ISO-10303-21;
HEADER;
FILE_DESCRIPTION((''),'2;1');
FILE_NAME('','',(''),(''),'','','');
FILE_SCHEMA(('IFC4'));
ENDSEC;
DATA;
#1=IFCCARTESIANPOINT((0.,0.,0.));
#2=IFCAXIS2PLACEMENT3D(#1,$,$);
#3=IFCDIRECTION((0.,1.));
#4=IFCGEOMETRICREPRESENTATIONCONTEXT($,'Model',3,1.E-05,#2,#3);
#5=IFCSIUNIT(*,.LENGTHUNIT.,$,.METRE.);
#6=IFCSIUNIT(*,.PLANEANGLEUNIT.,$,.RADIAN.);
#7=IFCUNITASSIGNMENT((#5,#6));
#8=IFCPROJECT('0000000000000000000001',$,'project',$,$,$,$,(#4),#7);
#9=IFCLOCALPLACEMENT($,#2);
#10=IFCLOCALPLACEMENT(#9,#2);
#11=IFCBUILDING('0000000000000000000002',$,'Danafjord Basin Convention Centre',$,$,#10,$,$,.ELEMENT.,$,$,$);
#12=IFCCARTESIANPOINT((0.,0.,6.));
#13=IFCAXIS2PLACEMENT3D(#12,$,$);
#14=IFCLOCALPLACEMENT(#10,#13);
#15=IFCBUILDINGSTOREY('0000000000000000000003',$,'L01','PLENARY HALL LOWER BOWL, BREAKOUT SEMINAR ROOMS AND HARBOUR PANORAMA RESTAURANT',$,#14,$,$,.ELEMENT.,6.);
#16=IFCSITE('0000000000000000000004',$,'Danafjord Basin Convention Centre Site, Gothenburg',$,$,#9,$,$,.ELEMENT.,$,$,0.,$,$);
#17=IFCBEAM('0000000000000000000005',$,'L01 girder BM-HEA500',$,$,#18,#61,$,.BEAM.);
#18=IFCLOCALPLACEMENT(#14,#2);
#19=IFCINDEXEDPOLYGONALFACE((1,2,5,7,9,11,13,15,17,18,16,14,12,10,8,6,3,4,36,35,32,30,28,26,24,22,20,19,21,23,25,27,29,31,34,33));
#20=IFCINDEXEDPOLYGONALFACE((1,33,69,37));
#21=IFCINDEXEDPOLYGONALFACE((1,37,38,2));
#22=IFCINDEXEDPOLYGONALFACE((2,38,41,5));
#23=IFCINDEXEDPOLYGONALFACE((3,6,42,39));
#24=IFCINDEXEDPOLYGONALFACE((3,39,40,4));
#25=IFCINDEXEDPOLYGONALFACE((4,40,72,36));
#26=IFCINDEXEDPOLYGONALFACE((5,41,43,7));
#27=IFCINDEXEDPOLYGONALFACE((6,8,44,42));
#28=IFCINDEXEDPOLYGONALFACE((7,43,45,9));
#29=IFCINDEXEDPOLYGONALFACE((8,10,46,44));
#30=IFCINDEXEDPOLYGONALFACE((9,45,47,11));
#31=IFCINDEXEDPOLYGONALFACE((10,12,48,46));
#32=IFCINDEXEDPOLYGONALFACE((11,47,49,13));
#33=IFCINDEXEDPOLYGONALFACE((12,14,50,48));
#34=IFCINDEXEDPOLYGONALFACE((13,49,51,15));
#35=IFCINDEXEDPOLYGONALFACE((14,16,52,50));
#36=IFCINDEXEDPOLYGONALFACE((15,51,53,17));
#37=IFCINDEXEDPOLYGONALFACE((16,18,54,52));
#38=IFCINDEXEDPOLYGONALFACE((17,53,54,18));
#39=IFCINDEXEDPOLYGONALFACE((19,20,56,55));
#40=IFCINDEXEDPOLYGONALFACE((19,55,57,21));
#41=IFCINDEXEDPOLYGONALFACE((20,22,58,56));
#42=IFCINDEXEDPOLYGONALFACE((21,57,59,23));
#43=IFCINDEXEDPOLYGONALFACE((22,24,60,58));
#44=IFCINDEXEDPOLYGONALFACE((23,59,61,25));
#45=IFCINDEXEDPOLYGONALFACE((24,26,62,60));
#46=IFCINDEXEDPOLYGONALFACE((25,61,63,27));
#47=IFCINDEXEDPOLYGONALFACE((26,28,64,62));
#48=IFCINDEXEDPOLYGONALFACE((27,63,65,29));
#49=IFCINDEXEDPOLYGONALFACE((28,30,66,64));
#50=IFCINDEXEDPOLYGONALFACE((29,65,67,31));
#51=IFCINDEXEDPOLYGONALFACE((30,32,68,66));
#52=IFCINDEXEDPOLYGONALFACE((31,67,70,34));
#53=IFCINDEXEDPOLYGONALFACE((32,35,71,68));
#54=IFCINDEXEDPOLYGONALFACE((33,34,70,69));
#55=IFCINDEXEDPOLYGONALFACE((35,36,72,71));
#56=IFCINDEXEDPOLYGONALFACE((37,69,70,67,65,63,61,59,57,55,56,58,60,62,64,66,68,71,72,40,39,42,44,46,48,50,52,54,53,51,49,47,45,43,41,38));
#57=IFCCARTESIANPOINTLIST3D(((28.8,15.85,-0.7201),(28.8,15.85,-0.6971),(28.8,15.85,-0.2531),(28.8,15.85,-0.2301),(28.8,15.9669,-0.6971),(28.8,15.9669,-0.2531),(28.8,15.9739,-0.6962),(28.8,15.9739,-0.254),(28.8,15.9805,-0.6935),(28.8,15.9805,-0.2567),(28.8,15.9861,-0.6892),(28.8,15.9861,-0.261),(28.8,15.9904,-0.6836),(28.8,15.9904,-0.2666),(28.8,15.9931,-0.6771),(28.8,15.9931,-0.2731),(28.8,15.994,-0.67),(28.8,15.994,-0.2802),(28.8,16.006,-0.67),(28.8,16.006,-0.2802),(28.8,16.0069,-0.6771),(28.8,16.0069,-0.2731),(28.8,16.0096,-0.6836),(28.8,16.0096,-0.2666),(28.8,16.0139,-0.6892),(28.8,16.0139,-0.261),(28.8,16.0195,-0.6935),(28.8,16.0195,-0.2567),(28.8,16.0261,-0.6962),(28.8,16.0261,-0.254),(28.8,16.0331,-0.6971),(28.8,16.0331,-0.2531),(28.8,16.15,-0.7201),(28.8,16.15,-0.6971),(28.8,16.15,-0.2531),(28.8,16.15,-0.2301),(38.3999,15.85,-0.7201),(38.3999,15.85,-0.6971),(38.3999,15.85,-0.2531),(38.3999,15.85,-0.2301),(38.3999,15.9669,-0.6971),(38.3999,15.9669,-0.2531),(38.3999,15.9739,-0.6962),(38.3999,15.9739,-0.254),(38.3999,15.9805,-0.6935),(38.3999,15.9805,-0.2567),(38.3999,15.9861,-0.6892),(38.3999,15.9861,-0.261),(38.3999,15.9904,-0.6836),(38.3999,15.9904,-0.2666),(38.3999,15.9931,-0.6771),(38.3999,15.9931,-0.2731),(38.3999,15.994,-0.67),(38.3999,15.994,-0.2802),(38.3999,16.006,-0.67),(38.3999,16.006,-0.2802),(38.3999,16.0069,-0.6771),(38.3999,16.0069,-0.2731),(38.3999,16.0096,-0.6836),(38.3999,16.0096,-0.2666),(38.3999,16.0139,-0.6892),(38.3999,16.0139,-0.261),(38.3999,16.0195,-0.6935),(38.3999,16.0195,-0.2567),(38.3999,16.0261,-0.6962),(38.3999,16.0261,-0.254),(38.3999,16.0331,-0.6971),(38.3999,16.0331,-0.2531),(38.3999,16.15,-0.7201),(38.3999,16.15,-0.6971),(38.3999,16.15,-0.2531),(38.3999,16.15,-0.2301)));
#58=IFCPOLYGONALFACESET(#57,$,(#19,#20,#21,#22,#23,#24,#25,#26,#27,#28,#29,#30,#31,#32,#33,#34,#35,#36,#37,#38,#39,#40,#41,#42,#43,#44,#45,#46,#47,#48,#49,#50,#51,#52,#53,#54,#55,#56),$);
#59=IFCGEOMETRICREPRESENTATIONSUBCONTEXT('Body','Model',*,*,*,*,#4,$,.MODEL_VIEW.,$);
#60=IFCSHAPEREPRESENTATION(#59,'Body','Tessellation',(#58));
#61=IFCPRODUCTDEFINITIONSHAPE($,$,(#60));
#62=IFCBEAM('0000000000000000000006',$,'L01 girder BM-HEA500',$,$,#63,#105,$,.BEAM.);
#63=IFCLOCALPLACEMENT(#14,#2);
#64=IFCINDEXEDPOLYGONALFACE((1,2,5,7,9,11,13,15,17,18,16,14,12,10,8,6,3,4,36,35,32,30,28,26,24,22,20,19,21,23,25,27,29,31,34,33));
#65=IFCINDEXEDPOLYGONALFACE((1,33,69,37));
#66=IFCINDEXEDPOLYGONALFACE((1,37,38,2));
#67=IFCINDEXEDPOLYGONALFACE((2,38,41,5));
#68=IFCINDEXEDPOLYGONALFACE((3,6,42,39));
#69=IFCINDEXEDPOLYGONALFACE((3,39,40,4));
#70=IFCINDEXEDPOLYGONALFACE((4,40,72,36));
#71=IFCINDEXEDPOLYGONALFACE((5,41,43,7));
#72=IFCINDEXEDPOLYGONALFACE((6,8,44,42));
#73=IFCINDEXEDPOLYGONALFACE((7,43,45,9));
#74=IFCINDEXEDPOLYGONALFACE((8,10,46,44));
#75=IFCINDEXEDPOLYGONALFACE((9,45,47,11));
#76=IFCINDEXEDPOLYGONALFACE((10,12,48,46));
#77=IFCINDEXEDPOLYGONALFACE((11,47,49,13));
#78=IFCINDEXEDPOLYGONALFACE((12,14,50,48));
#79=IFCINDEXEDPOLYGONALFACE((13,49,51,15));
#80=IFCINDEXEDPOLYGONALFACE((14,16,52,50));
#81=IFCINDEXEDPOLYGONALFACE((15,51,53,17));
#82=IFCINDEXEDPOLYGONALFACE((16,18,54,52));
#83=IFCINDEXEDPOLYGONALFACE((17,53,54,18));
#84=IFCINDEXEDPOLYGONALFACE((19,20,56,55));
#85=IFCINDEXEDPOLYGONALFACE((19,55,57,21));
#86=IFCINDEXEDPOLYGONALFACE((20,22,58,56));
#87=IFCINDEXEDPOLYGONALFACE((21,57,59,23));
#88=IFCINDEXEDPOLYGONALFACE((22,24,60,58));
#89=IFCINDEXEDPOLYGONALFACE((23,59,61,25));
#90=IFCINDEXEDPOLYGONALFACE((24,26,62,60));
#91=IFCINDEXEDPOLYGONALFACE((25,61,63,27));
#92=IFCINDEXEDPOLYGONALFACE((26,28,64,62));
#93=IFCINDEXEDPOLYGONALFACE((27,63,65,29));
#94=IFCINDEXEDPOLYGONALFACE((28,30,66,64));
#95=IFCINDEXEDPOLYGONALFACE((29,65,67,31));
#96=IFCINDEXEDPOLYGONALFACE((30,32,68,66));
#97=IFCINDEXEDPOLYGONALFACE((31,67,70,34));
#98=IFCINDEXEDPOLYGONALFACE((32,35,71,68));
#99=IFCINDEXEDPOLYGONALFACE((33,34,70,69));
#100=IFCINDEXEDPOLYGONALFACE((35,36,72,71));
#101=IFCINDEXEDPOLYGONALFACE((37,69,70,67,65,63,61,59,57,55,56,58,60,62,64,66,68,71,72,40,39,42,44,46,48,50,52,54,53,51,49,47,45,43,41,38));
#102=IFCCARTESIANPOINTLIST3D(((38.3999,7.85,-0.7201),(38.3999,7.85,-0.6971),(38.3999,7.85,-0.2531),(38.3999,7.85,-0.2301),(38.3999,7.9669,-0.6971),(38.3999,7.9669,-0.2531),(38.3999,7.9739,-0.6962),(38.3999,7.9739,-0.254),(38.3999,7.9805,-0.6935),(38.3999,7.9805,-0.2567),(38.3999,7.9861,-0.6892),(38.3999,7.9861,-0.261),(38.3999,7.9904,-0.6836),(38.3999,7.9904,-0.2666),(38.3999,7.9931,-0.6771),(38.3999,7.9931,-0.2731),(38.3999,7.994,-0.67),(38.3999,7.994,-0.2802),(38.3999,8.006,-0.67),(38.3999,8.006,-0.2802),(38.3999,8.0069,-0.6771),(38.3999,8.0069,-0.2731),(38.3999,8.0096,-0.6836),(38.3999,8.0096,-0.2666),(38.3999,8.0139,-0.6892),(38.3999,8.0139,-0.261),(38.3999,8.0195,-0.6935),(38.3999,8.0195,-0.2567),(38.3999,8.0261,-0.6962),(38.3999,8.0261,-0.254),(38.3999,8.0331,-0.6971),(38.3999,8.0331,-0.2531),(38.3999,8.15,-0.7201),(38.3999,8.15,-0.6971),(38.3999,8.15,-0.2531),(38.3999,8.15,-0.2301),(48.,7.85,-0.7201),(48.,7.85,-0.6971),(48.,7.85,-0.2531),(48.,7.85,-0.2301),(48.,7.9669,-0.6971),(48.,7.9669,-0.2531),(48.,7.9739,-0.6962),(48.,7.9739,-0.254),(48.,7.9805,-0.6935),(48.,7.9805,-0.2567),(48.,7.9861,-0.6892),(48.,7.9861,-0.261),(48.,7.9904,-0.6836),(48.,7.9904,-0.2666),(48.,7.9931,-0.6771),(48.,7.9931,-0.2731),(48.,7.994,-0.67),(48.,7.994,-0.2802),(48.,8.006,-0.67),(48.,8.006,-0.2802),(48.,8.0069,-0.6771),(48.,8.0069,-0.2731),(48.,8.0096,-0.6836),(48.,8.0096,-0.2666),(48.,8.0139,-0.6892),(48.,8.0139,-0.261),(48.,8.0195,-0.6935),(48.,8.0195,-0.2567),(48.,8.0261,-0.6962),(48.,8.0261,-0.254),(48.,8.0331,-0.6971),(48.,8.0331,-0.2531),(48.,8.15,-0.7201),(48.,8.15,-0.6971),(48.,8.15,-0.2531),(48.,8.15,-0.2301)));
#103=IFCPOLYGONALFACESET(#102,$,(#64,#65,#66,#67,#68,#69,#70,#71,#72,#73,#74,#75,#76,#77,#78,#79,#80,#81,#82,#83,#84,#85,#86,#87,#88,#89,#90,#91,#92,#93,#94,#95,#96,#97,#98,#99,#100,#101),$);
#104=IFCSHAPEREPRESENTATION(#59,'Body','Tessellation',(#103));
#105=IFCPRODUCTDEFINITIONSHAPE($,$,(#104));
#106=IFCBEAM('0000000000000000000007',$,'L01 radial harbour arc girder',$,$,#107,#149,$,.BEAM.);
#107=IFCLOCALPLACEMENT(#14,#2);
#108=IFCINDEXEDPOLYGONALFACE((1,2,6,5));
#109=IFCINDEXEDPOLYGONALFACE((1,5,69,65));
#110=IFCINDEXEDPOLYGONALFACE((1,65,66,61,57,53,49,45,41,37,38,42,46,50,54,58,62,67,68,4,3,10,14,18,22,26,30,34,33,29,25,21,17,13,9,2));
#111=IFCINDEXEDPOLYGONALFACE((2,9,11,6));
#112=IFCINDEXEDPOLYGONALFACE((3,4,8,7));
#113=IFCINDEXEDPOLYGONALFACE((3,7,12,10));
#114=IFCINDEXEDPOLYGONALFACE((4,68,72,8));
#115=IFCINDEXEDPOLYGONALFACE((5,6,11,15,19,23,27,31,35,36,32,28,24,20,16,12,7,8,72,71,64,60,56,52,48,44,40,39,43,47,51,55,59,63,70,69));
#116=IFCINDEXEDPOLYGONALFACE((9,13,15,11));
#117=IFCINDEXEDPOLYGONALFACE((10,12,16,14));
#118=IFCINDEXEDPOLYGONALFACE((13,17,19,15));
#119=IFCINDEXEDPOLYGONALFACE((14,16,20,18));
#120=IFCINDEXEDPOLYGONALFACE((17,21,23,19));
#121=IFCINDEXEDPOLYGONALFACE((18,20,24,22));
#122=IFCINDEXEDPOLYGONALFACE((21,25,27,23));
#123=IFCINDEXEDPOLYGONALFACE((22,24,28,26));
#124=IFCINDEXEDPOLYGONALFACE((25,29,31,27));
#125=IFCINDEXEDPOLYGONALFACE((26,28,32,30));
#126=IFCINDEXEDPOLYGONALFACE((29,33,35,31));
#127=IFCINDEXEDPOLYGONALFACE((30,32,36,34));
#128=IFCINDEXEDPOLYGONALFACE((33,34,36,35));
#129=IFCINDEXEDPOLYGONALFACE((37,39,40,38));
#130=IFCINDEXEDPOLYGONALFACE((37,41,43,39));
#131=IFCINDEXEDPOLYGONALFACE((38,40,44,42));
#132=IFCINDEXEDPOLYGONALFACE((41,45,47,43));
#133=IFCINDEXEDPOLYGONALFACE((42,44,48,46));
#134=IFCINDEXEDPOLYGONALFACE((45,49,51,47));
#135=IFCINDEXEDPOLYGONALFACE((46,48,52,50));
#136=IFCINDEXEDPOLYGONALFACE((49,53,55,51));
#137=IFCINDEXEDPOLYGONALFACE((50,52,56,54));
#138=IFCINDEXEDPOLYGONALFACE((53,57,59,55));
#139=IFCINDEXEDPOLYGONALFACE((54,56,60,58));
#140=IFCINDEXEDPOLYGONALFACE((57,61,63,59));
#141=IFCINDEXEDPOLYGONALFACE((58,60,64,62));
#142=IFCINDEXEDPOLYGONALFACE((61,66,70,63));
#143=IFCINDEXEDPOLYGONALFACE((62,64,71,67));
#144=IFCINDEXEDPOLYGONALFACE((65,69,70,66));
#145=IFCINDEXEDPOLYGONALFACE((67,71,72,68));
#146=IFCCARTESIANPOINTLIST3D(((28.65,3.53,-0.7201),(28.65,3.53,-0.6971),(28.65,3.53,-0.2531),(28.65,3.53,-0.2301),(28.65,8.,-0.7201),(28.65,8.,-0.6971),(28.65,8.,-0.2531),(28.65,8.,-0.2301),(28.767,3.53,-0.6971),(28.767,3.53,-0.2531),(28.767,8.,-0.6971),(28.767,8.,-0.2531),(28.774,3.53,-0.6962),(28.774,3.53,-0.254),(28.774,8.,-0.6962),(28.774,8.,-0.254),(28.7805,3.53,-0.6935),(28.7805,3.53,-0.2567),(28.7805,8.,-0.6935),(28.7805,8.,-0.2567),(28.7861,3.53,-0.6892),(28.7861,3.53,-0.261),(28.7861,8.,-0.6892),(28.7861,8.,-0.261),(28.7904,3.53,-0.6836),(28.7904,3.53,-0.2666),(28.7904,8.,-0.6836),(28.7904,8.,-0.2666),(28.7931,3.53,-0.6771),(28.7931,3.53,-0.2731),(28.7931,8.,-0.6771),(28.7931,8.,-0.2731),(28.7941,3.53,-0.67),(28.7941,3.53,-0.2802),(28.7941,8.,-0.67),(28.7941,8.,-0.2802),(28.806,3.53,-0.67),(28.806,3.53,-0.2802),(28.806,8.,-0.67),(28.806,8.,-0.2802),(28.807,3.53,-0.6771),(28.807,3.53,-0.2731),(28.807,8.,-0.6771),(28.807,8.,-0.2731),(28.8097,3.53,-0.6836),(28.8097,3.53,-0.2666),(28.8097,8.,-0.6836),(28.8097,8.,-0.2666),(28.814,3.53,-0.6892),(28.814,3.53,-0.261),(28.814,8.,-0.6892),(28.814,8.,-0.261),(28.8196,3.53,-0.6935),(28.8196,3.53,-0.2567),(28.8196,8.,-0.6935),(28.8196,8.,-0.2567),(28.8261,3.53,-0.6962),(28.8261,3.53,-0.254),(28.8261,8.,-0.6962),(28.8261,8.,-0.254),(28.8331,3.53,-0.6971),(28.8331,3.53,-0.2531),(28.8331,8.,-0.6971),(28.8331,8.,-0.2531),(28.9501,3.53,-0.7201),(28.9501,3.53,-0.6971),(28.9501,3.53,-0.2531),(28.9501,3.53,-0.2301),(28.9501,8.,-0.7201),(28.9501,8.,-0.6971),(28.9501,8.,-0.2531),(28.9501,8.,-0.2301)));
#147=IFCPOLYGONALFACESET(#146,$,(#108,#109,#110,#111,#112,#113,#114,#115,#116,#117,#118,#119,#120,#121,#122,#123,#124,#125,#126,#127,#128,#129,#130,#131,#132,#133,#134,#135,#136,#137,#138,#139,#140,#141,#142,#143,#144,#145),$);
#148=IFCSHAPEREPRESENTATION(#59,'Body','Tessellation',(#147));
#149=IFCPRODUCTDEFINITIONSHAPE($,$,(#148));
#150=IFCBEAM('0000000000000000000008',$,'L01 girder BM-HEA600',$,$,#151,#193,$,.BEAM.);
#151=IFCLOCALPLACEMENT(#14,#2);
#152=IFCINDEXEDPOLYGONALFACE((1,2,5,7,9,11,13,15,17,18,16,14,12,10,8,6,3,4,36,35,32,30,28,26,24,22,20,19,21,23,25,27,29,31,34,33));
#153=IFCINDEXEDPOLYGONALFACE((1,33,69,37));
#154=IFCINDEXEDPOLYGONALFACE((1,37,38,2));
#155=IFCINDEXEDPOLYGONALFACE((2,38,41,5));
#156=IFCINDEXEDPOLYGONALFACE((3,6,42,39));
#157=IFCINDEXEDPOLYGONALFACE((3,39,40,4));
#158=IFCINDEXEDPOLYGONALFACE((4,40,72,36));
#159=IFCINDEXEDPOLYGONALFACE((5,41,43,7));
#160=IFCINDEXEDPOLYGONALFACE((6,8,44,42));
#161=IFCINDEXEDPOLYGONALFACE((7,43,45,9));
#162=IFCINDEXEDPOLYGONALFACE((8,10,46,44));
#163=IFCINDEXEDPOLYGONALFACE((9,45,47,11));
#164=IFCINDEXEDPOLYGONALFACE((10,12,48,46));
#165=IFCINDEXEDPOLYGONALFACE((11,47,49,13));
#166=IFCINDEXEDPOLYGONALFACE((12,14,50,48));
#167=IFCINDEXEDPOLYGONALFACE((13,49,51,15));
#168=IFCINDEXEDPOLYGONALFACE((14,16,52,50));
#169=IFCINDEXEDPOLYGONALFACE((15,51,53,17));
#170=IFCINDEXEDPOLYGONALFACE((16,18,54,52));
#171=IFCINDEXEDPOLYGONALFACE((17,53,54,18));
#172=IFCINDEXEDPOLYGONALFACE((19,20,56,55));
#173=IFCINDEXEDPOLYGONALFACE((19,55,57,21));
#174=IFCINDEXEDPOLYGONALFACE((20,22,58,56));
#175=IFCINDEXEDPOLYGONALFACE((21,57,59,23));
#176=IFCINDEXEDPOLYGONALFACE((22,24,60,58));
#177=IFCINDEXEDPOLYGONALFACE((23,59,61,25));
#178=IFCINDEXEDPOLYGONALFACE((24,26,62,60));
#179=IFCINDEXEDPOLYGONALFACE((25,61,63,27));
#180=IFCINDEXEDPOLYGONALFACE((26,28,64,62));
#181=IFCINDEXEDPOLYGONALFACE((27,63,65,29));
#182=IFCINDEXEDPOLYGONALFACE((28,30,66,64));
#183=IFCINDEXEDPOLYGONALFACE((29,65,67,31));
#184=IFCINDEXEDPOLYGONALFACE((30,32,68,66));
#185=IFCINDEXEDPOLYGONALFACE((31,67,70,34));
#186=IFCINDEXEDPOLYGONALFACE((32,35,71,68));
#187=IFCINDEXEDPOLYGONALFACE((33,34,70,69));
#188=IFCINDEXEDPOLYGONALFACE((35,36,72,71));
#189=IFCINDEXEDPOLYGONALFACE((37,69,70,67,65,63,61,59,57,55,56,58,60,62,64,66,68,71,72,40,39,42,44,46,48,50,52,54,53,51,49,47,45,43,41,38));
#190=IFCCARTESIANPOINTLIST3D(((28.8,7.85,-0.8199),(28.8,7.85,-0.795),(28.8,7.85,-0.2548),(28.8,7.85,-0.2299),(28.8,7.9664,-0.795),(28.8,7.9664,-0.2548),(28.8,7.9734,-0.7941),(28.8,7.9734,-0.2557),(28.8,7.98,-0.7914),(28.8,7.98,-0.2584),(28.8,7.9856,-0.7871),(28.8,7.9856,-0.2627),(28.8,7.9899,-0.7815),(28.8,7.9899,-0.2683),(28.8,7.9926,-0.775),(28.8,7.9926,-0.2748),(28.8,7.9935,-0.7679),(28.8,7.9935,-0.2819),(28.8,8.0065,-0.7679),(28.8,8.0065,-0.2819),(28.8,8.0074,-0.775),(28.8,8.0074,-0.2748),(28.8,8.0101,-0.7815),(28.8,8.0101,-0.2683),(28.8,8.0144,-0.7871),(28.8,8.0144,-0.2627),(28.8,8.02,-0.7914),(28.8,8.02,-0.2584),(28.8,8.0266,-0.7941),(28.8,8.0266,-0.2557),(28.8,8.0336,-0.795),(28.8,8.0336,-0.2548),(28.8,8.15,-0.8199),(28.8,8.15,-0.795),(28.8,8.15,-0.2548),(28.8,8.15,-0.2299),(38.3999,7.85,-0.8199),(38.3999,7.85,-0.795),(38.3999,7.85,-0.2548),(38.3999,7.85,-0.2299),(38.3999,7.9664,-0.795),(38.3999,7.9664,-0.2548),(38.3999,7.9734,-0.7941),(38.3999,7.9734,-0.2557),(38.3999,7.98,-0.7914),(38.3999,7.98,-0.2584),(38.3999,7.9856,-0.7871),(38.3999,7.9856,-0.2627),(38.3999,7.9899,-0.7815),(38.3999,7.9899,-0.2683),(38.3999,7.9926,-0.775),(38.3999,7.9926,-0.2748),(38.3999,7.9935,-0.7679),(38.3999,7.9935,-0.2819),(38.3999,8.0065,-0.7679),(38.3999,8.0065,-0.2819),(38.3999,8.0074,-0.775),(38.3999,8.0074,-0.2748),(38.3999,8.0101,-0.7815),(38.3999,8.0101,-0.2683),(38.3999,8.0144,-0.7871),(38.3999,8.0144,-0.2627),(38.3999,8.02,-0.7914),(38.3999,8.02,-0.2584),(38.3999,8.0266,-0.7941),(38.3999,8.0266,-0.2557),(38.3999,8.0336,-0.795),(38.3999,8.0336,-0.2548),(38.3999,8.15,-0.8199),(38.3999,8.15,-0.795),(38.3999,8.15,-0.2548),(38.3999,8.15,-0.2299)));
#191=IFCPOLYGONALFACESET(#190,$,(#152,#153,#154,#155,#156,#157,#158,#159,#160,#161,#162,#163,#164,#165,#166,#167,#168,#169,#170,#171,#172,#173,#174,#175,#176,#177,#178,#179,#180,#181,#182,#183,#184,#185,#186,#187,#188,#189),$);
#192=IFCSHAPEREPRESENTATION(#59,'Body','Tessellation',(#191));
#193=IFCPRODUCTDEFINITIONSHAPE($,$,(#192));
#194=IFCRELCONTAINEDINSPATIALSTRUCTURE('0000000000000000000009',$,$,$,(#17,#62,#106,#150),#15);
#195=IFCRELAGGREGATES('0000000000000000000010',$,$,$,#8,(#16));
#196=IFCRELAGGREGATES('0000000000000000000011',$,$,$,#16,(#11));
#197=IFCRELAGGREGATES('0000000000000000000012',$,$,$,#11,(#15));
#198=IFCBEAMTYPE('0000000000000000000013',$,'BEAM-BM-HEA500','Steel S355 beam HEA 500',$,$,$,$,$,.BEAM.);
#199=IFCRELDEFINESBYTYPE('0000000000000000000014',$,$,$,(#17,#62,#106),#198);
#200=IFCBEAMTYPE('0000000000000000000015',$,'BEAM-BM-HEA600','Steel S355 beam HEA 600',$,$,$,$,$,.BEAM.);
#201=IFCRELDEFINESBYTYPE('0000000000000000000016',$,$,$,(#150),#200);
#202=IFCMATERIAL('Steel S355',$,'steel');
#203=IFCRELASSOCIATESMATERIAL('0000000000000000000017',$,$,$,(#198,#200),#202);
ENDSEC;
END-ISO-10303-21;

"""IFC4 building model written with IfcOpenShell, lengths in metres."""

from ifc_helpers import new_model, si_unit, direction, frame, origin, origin_2d, place, context, subcontext, project, spatial, i_section, extrude, material, material_profile, profile_set, type_object, element, save


model = new_model("IFC4")

# Units and contexts
model_context = context("Model", 3, precision=1e-05, world=origin(), true_north=direction((0.0, 1.0)))
body_context = subcontext(model_context, "Body", "Model", "MODEL_VIEW")
ifc_project = project(units=[si_unit("LENGTHUNIT", "METRE"), si_unit("PLANEANGLEUNIT", "RADIAN")], contexts=[model_context])

# Site, building, storey
site_placement = place(None, origin())
site = spatial("IfcSite", under=ifc_project, at=site_placement, Name="Danafjord Basin Convention Centre Site, Gothenburg", CompositionType="ELEMENT", RefElevation=0.0)
building_placement = place(site_placement, origin())
building = spatial("IfcBuilding", under=site, at=building_placement, Name="Danafjord Basin Convention Centre", CompositionType="ELEMENT")
storey_placement = place(building_placement, frame((0.0, 0.0, 6.0)))
storey = spatial("IfcBuildingStorey", under=building, at=storey_placement, Name="L01", Description="PLENARY HALL LOWER BOWL, BREAKOUT SEMINAR ROOMS AND HARBOUR PANORAMA RESTAURANT", CompositionType="ELEMENT", Elevation=6.0)

# Shared definitions
ifc_material_1 = material(Name="Steel S355", Category="steel")

# Beams
ifc_material_profile_1 = material_profile(ifc_material_1, i_section(OverallWidth=0.3, OverallDepth=0.49, WebThickness=0.012, FlangeThickness=0.0229, FilletRadius=0.0271, at=origin_2d()), Name="HEA 500")
ifc_profile_set_1 = profile_set([ifc_material_profile_1], Name="Steel S355")
beam_type_1 = type_object("IfcBeamType", Name="BEAM-BM-HEA500", Description="Steel S355 beam HEA 500", PredefinedType="BEAM", material=ifc_profile_set_1)
beam_1_placement = place(storey_placement, frame((28.8, 16.0, -0.4751), z_axis=(1.0, 0.0, 0.0), x_axis=(0.0, 1.0, 0.0)))
element("IfcBeam", 1, at=beam_1_placement, inside=storey, type_object=beam_type_1, Name="L01 girder BM-HEA500", PredefinedType="BEAM", context=body_context, shape_type="SweptSolid", body=[
    extrude(i_section(OverallWidth=0.3, OverallDepth=0.49, WebThickness=0.012, FlangeThickness=0.0229, FilletRadius=0.0271, at=origin_2d()), origin(), (0.0, 0.0, 1.0), 9.5999),
])
beam_2_placement = place(storey_placement, frame((38.3999, 8.0, -0.4751), z_axis=(1.0, 0.0, 0.0), x_axis=(0.0, 1.0, 0.0)))
element("IfcBeam", 2, at=beam_2_placement, inside=storey, type_object=beam_type_1, Name="L01 girder BM-HEA500", PredefinedType="BEAM", context=body_context, shape_type="SweptSolid", body=[
    extrude(i_section(OverallWidth=0.3, OverallDepth=0.49, WebThickness=0.012, FlangeThickness=0.0229, FilletRadius=0.0271, at=origin_2d()), origin(), (0.0, 0.0, 1.0), 9.6001),
])
beam_3_placement = place(storey_placement, frame((28.8, 3.53, -0.4751), z_axis=(0.0, 1.0, 0.0), x_axis=(-1.0, 0.0, 0.0)))
element("IfcBeam", 3, at=beam_3_placement, inside=storey, type_object=beam_type_1, Name="L01 radial harbour arc girder", PredefinedType="BEAM", context=body_context, shape_type="SweptSolid", body=[
    extrude(i_section(OverallWidth=0.3, OverallDepth=0.49, WebThickness=0.012, FlangeThickness=0.0229, FilletRadius=0.0271, at=origin_2d()), origin(), (0.0, 0.0, 1.0), 4.47),
])
ifc_material_profile_2 = material_profile(ifc_material_1, i_section(OverallWidth=0.3, OverallDepth=0.5901, WebThickness=0.0129, FlangeThickness=0.0249, FilletRadius=0.0271, at=origin_2d()), Name="HEA 600")
ifc_profile_set_2 = profile_set([ifc_material_profile_2], Name="Steel S355")
beam_type_2 = type_object("IfcBeamType", Name="BEAM-BM-HEA600", Description="Steel S355 beam HEA 600", PredefinedType="BEAM", material=ifc_profile_set_2)
beam_4_placement = place(storey_placement, frame((28.8, 8.0, -0.5249), z_axis=(1.0, 0.0, 0.0), x_axis=(0.0, 1.0, 0.0)))
element("IfcBeam", 4, at=beam_4_placement, inside=storey, type_object=beam_type_2, Name="L01 girder BM-HEA600", PredefinedType="BEAM", context=body_context, shape_type="SweptSolid", body=[
    extrude(i_section(OverallWidth=0.3, OverallDepth=0.5901, WebThickness=0.0129, FlangeThickness=0.0249, FilletRadius=0.0271, at=origin_2d()), origin(), (0.0, 0.0, 1.0), 9.5999),
])

save(model, "model.ifc")
